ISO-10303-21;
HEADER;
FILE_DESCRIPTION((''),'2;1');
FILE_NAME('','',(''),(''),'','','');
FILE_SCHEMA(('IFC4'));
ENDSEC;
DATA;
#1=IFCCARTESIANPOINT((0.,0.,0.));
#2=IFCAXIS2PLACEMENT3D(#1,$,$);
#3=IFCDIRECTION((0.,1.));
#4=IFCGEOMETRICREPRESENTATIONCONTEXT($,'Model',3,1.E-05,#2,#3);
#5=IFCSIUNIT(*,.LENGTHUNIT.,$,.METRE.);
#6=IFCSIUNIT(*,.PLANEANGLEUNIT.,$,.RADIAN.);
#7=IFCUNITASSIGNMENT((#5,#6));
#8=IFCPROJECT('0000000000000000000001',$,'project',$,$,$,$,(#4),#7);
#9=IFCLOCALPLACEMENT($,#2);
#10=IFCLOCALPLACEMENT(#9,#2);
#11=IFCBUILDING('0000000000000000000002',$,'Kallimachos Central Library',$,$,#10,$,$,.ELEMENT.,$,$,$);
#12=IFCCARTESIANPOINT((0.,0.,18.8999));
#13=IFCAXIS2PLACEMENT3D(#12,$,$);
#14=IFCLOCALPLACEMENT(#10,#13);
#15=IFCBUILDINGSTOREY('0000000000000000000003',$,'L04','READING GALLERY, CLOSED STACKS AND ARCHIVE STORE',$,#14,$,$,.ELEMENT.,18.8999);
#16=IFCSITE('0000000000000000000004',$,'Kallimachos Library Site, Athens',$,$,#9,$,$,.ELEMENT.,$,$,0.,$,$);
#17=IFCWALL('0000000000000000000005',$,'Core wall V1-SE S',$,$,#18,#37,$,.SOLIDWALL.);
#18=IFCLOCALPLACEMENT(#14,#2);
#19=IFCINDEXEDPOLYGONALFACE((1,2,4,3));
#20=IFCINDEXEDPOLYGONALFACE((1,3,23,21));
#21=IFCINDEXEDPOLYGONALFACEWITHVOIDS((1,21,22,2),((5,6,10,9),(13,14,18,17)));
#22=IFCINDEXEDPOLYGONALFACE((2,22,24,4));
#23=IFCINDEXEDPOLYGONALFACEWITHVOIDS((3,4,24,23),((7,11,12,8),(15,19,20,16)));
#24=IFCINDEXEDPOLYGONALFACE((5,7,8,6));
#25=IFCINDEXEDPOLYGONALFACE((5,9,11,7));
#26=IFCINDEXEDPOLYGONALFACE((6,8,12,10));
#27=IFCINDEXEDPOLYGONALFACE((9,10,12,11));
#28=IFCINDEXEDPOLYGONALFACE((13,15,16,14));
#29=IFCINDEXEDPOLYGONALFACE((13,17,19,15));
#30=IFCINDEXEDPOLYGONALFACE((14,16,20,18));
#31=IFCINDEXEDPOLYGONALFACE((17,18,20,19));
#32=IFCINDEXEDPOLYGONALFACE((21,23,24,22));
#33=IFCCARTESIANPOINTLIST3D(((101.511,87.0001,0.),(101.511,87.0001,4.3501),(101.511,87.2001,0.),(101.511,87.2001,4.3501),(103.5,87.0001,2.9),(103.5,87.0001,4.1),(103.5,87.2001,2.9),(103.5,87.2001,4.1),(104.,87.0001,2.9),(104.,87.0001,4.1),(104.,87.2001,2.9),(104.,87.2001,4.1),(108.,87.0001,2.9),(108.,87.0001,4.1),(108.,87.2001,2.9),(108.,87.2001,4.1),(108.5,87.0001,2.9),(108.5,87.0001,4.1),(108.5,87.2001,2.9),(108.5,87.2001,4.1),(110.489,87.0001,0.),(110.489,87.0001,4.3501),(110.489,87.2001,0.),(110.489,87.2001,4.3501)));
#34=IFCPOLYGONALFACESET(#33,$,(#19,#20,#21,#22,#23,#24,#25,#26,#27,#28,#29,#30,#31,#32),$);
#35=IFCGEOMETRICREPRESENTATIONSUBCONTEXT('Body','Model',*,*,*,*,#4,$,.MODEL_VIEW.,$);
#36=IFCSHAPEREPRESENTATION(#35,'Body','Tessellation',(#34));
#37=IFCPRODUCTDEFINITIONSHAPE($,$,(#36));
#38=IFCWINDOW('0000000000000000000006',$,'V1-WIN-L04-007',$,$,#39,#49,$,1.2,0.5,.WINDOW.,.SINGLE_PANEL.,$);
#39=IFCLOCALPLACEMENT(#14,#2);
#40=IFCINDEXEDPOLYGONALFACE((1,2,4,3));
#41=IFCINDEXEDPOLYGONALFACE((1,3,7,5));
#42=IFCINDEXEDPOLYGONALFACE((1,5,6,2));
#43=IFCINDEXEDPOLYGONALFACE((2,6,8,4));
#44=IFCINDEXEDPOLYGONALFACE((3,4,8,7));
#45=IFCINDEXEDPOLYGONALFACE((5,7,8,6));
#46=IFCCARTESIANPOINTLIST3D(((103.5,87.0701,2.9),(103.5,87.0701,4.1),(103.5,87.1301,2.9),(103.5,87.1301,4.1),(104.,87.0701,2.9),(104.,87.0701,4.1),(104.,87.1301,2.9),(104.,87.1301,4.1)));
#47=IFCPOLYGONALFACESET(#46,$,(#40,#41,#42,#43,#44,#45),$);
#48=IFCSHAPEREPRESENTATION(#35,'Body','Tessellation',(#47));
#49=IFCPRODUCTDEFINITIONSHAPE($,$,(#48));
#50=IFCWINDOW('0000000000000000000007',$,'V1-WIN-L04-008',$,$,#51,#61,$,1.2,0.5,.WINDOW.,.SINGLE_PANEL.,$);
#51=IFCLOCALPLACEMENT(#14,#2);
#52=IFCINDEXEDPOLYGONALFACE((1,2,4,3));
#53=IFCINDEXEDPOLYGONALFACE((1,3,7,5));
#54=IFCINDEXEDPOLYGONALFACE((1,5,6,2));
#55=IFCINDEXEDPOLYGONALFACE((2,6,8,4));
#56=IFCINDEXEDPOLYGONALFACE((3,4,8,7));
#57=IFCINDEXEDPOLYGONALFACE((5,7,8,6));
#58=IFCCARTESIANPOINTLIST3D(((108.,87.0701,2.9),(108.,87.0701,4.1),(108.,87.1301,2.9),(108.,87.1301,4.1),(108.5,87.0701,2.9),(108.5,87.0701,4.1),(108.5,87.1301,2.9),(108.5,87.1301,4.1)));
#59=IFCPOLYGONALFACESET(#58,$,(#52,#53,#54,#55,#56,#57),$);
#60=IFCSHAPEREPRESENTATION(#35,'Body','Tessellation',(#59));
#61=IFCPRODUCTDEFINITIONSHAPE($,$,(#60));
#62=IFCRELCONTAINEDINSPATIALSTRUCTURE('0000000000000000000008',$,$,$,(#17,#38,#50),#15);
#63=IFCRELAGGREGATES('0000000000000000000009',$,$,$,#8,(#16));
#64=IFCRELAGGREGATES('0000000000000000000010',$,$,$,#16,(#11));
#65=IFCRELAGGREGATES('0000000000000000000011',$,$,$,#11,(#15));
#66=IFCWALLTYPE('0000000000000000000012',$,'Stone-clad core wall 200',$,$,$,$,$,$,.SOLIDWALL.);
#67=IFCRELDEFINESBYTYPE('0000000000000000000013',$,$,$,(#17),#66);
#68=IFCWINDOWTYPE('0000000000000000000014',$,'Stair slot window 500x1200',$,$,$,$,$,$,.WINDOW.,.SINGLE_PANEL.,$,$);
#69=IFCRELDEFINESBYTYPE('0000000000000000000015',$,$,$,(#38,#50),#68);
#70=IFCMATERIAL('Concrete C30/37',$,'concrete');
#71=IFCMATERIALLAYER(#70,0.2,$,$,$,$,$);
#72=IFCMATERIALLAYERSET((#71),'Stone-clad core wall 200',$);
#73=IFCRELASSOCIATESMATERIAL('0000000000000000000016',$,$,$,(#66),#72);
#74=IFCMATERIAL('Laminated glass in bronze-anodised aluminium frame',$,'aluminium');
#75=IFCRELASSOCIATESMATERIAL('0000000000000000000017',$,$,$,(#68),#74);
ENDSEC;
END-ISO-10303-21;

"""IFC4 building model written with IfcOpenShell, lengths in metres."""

from ifc_helpers import new_model, si_unit, direction, frame, frame_2d, origin, place, context, subcontext, project, spatial, rectangle, extrude, material, layer, layer_set, type_object, element, fill, save


model = new_model("IFC4")

# Units and contexts
model_context = context("Model", 3, precision=1e-05, world=origin(), true_north=direction((0.0, 1.0)))
body_context = subcontext(model_context, "Body", "Model", "MODEL_VIEW")
ifc_project = project(units=[si_unit("LENGTHUNIT", "METRE"), si_unit("PLANEANGLEUNIT", "RADIAN")], contexts=[model_context])

# Site, building, storey
site_placement = place(None, origin())
site = spatial("IfcSite", under=ifc_project, at=site_placement, Name="Kallimachos Library Site, Athens", CompositionType="ELEMENT", RefElevation=0.0)
building_placement = place(site_placement, origin())
building = spatial("IfcBuilding", under=site, at=building_placement, Name="Kallimachos Central Library", CompositionType="ELEMENT")
storey_placement = place(building_placement, frame((0.0, 0.0, 18.8999)))
storey = spatial("IfcBuildingStorey", under=building, at=storey_placement, Name="L04", Description="READING GALLERY, CLOSED STACKS AND ARCHIVE STORE", CompositionType="ELEMENT", Elevation=18.8999)

# Wall, openings, windows
ifc_material_1 = material(Name="Concrete C30/37", Category="concrete")
ifc_layer_1 = layer(ifc_material_1, 0.2)
ifc_layer_set_1 = layer_set([ifc_layer_1], Name="Stone-clad core wall 200")
wall_type_1 = type_object("IfcWallType", Name="Stone-clad core wall 200", PredefinedType="SOLIDWALL", material=ifc_layer_set_1)
ifc_material_2 = material(Name="Laminated glass in bronze-anodised aluminium frame", Category="aluminium")
window_type = type_object("IfcWindowType", Name="Stair slot window 500x1200", PartitioningType="SINGLE_PANEL", PredefinedType="WINDOW", material=ifc_material_2)
wall_1_placement = place(storey_placement, frame((101.511, 87.1001, 0.0), z_axis=(0.0, 0.0, 1.0), x_axis=(1.0, 0.0, 0.0)))
wall_1 = element("IfcWall", 1, at=wall_1_placement, inside=storey, type_object=wall_type_1, Name="Core wall V1-SE S", PredefinedType="SOLIDWALL", context=body_context, shape_type="SweptSolid", body=[
    extrude(rectangle(XDim=8.978, YDim=0.2, at=frame_2d((4.489, 0.0))), origin(), (0.0, 0.0, 1.0), 4.3501),
])
opening_1_placement = place(wall_1_placement, frame((1.989, 0.0, 2.8999)))
opening_1 = element("IfcOpeningElement", 2, at=opening_1_placement, cuts=wall_1, PredefinedType="OPENING", context=body_context, shape_type="SweptSolid", body=[
    extrude(rectangle(XDim=0.5, YDim=1.2, at=frame_2d((0.25, 0.6001))), frame((0.0, 0.1099, 0.0), z_axis=(0.0, -1.0, 0.0), x_axis=(1.0, 0.0, 0.0)), (0.0, 0.0, 1.0), 0.22),
])
opening_2_placement = place(wall_1_placement, frame((6.489, 0.0, 2.8999)))
opening_2 = element("IfcOpeningElement", 3, at=opening_2_placement, cuts=wall_1, PredefinedType="OPENING", context=body_context, shape_type="SweptSolid", body=[
    extrude(rectangle(XDim=0.5, YDim=1.2, at=frame_2d((0.25, 0.6001))), frame((0.0, 0.1099, 0.0), z_axis=(0.0, -1.0, 0.0), x_axis=(1.0, 0.0, 0.0)), (0.0, 0.0, 1.0), 0.22),
])
window_1_placement = place(opening_1_placement, origin())
window_1 = element("IfcWindow", 4, at=window_1_placement, inside=storey, type_object=window_type, Name="V1-WIN-L04-007", OverallHeight=1.2, OverallWidth=0.5, PartitioningType="SINGLE_PANEL", PredefinedType="WINDOW", context=body_context, shape_type="SweptSolid", body=[
    extrude(rectangle(XDim=0.5, YDim=1.2, at=frame_2d((0.25, 0.6001))), frame((0.0, 0.03, 0.0), z_axis=(0.0, -1.0, 0.0), x_axis=(1.0, 0.0, 0.0)), (0.0, 0.0, 1.0), 0.0601),
])
fill(opening_1, window_1)
window_2_placement = place(opening_2_placement, origin())
window_2 = element("IfcWindow", 5, at=window_2_placement, inside=storey, type_object=window_type, Name="V1-WIN-L04-008", OverallHeight=1.2, OverallWidth=0.5, PartitioningType="SINGLE_PANEL", PredefinedType="WINDOW", context=body_context, shape_type="SweptSolid", body=[
    extrude(rectangle(XDim=0.5, YDim=1.2, at=frame_2d((0.25, 0.6001))), frame((0.0, 0.03, 0.0), z_axis=(0.0, -1.0, 0.0), x_axis=(1.0, 0.0, 0.0)), (0.0, 0.0, 1.0), 0.0601),
])
fill(opening_2, window_2)

save(model, "model.ifc")
